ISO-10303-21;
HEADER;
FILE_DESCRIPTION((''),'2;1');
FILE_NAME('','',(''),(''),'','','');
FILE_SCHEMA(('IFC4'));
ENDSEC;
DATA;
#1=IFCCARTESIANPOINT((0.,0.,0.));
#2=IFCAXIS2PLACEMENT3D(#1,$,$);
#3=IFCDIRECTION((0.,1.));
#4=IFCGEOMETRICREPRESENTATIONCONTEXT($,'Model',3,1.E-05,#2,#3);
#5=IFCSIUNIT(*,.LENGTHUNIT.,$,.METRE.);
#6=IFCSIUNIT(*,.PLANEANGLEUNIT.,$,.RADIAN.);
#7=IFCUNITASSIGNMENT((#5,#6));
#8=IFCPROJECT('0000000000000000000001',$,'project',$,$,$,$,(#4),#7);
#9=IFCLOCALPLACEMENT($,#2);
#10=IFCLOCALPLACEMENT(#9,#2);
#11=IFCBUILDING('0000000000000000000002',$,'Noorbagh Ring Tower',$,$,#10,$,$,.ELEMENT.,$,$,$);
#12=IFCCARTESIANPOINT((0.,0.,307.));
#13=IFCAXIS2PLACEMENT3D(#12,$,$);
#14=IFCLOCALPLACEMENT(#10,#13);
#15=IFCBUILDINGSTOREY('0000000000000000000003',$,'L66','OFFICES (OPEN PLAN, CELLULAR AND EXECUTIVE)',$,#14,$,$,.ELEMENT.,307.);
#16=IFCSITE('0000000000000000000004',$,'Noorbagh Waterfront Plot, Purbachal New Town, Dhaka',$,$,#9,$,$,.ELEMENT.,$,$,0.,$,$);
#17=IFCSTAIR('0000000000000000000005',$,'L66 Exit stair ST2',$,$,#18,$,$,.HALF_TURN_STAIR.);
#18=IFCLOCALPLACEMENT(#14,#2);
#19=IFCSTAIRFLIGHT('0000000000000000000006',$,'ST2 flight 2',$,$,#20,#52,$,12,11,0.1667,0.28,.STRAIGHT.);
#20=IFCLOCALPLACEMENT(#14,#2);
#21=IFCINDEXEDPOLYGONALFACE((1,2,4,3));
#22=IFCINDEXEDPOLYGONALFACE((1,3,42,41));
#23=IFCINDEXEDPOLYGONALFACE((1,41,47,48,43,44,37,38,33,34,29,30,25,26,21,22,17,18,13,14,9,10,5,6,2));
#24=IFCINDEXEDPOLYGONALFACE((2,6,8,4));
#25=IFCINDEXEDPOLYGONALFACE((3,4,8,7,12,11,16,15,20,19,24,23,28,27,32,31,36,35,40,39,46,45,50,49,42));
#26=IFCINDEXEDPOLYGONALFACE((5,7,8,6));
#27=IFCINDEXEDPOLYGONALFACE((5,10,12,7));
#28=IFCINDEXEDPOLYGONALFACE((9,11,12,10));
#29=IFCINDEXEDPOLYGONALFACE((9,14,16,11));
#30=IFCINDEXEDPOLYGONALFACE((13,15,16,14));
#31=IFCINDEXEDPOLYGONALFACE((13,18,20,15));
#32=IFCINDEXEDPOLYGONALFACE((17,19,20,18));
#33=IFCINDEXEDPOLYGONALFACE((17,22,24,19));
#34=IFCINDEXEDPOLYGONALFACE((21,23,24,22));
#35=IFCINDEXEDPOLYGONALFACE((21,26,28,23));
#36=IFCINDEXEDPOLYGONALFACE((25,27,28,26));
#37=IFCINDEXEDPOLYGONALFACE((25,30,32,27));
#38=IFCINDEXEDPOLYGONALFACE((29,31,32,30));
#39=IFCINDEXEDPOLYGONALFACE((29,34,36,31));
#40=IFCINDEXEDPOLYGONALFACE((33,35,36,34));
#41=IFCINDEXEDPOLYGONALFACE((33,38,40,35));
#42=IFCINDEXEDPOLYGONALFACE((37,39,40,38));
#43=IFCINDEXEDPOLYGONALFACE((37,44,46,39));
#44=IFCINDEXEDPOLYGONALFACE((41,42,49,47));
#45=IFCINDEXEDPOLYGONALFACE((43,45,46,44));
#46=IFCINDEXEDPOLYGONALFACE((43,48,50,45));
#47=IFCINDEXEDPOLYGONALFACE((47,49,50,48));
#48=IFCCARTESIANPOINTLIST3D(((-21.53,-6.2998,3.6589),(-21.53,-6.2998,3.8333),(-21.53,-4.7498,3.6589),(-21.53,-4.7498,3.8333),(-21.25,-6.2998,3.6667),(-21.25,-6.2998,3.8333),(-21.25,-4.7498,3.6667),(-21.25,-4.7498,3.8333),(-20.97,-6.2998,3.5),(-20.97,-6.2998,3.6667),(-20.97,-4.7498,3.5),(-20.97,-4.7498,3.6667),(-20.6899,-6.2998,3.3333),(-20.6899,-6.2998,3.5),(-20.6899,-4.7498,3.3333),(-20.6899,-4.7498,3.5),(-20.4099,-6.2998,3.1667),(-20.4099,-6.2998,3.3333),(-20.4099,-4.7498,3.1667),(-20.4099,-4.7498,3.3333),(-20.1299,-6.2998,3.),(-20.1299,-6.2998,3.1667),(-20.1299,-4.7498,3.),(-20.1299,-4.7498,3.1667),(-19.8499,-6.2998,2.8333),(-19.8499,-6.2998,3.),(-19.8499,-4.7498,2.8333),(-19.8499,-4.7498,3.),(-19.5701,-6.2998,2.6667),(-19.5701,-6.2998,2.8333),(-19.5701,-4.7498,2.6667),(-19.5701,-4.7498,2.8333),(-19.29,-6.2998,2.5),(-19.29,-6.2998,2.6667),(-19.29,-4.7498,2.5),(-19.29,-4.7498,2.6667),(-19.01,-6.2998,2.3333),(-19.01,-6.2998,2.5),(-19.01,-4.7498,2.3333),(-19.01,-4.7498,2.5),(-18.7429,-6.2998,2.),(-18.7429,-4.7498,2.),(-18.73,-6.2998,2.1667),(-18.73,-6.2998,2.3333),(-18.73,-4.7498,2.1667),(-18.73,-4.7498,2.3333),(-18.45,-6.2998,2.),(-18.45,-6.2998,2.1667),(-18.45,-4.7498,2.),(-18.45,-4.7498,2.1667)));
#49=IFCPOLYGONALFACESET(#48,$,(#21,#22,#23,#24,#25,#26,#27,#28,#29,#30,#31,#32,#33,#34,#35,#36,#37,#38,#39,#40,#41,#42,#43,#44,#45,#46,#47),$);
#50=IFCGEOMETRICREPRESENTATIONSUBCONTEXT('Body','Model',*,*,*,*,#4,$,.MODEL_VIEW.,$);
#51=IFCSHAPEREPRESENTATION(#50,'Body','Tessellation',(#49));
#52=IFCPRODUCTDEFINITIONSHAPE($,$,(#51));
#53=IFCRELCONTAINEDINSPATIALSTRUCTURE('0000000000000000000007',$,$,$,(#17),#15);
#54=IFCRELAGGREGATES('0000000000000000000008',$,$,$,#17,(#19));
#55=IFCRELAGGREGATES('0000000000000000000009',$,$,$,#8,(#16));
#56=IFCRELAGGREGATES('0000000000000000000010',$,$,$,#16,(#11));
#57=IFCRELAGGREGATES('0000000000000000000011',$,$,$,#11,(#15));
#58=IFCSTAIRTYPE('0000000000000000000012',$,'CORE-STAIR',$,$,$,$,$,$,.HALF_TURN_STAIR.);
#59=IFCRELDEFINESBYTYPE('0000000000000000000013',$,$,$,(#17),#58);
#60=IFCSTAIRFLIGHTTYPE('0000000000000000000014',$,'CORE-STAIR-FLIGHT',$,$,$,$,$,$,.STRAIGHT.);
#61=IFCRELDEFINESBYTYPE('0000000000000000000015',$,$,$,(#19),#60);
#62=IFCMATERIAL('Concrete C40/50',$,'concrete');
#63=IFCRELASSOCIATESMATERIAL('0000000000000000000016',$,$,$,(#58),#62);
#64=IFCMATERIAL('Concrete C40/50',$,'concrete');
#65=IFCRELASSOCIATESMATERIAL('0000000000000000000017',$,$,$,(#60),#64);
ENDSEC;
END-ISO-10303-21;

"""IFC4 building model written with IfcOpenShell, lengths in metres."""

from ifc_helpers import new_model, si_unit, direction, frame, origin, place, context, subcontext, project, spatial, polyline, outline, extrude, material, type_object, element, aggregate, save


model = new_model("IFC4")

# Units and contexts
model_context = context("Model", 3, precision=1e-05, world=origin(), true_north=direction((0.0, 1.0)))
body_context = subcontext(model_context, "Body", "Model", "MODEL_VIEW")
ifc_project = project(units=[si_unit("LENGTHUNIT", "METRE"), si_unit("PLANEANGLEUNIT", "RADIAN")], contexts=[model_context])

# Site, building, storey
site_placement = place(None, origin())
site = spatial("IfcSite", under=ifc_project, at=site_placement, Name="Noorbagh Waterfront Plot, Purbachal New Town, Dhaka", CompositionType="ELEMENT", RefElevation=0.0)
building_placement = place(site_placement, origin())
building = spatial("IfcBuilding", under=site, at=building_placement, Name="Noorbagh Ring Tower", CompositionType="ELEMENT")
storey_placement = place(building_placement, frame((0.0, 0.0, 307.0)))
storey = spatial("IfcBuildingStorey", under=building, at=storey_placement, Name="L66", Description="OFFICES (OPEN PLAN, CELLULAR AND EXECUTIVE)", CompositionType="ELEMENT", Elevation=307.0)

# Stair, stair flight
ifc_material_1 = material(Name="Concrete C40/50", Category="concrete")
stair_type = type_object("IfcStairType", Name="CORE-STAIR", PredefinedType="HALF_TURN_STAIR", material=ifc_material_1)
stair_placement = place(storey_placement, origin())
stair = element("IfcStair", 1, at=stair_placement, inside=storey, type_object=stair_type, Name="L66 Exit stair ST2", PredefinedType="HALF_TURN_STAIR")
ifc_material_2 = material(Name="Concrete C40/50", Category="concrete")
stair_flight_type = type_object("IfcStairFlightType", Name="CORE-STAIR-FLIGHT", PredefinedType="STRAIGHT", material=ifc_material_2)
stair_flight_placement = place(storey_placement, frame((-18.45, -5.5249, 2.0), z_axis=(0.0, 0.0, 1.0), x_axis=(-1.0, 0.0, 0.0)))
stair_flight = element("IfcStairFlight", 2, at=stair_flight_placement, type_object=stair_flight_type, Name="ST2 flight 2", NumberOfRisers=12, NumberOfTreads=11, PredefinedType="STRAIGHT", RiserHeight=0.1667, TreadLength=0.28, context=body_context, shape_type="SweptSolid", body=[
    extrude(outline(polyline([(0.0, 0.0), (0.0, 0.1667), (0.28, 0.1667), (0.28, 0.3333), (0.5601, 0.3333), (0.5601, 0.5), (0.8401, 0.5), (0.8401, 0.6667), (1.1201, 0.6667), (1.1201, 0.8333), (1.3999, 0.8333), (1.3999, 1.0), (1.6799, 1.0), (1.6799, 1.1667), (1.96, 1.1667), (1.96, 1.3333), (2.24, 1.3333), (2.24, 1.5), (2.52, 1.5), (2.52, 1.6667), (2.8, 1.6667), (2.8, 1.8333), (3.0801, 1.8333), (3.0801, 2.0), (3.0801, 1.6589), (0.293, 0.0), (0.0, 0.0)])), frame((0.0, 0.7749, 0.0), z_axis=(0.0, -1.0, 0.0), x_axis=(1.0, 0.0, 0.0)), (0.0, 0.0, 1.0), 1.55),
])
aggregate(stair, [stair_flight])

save(model, "model.ifc")
